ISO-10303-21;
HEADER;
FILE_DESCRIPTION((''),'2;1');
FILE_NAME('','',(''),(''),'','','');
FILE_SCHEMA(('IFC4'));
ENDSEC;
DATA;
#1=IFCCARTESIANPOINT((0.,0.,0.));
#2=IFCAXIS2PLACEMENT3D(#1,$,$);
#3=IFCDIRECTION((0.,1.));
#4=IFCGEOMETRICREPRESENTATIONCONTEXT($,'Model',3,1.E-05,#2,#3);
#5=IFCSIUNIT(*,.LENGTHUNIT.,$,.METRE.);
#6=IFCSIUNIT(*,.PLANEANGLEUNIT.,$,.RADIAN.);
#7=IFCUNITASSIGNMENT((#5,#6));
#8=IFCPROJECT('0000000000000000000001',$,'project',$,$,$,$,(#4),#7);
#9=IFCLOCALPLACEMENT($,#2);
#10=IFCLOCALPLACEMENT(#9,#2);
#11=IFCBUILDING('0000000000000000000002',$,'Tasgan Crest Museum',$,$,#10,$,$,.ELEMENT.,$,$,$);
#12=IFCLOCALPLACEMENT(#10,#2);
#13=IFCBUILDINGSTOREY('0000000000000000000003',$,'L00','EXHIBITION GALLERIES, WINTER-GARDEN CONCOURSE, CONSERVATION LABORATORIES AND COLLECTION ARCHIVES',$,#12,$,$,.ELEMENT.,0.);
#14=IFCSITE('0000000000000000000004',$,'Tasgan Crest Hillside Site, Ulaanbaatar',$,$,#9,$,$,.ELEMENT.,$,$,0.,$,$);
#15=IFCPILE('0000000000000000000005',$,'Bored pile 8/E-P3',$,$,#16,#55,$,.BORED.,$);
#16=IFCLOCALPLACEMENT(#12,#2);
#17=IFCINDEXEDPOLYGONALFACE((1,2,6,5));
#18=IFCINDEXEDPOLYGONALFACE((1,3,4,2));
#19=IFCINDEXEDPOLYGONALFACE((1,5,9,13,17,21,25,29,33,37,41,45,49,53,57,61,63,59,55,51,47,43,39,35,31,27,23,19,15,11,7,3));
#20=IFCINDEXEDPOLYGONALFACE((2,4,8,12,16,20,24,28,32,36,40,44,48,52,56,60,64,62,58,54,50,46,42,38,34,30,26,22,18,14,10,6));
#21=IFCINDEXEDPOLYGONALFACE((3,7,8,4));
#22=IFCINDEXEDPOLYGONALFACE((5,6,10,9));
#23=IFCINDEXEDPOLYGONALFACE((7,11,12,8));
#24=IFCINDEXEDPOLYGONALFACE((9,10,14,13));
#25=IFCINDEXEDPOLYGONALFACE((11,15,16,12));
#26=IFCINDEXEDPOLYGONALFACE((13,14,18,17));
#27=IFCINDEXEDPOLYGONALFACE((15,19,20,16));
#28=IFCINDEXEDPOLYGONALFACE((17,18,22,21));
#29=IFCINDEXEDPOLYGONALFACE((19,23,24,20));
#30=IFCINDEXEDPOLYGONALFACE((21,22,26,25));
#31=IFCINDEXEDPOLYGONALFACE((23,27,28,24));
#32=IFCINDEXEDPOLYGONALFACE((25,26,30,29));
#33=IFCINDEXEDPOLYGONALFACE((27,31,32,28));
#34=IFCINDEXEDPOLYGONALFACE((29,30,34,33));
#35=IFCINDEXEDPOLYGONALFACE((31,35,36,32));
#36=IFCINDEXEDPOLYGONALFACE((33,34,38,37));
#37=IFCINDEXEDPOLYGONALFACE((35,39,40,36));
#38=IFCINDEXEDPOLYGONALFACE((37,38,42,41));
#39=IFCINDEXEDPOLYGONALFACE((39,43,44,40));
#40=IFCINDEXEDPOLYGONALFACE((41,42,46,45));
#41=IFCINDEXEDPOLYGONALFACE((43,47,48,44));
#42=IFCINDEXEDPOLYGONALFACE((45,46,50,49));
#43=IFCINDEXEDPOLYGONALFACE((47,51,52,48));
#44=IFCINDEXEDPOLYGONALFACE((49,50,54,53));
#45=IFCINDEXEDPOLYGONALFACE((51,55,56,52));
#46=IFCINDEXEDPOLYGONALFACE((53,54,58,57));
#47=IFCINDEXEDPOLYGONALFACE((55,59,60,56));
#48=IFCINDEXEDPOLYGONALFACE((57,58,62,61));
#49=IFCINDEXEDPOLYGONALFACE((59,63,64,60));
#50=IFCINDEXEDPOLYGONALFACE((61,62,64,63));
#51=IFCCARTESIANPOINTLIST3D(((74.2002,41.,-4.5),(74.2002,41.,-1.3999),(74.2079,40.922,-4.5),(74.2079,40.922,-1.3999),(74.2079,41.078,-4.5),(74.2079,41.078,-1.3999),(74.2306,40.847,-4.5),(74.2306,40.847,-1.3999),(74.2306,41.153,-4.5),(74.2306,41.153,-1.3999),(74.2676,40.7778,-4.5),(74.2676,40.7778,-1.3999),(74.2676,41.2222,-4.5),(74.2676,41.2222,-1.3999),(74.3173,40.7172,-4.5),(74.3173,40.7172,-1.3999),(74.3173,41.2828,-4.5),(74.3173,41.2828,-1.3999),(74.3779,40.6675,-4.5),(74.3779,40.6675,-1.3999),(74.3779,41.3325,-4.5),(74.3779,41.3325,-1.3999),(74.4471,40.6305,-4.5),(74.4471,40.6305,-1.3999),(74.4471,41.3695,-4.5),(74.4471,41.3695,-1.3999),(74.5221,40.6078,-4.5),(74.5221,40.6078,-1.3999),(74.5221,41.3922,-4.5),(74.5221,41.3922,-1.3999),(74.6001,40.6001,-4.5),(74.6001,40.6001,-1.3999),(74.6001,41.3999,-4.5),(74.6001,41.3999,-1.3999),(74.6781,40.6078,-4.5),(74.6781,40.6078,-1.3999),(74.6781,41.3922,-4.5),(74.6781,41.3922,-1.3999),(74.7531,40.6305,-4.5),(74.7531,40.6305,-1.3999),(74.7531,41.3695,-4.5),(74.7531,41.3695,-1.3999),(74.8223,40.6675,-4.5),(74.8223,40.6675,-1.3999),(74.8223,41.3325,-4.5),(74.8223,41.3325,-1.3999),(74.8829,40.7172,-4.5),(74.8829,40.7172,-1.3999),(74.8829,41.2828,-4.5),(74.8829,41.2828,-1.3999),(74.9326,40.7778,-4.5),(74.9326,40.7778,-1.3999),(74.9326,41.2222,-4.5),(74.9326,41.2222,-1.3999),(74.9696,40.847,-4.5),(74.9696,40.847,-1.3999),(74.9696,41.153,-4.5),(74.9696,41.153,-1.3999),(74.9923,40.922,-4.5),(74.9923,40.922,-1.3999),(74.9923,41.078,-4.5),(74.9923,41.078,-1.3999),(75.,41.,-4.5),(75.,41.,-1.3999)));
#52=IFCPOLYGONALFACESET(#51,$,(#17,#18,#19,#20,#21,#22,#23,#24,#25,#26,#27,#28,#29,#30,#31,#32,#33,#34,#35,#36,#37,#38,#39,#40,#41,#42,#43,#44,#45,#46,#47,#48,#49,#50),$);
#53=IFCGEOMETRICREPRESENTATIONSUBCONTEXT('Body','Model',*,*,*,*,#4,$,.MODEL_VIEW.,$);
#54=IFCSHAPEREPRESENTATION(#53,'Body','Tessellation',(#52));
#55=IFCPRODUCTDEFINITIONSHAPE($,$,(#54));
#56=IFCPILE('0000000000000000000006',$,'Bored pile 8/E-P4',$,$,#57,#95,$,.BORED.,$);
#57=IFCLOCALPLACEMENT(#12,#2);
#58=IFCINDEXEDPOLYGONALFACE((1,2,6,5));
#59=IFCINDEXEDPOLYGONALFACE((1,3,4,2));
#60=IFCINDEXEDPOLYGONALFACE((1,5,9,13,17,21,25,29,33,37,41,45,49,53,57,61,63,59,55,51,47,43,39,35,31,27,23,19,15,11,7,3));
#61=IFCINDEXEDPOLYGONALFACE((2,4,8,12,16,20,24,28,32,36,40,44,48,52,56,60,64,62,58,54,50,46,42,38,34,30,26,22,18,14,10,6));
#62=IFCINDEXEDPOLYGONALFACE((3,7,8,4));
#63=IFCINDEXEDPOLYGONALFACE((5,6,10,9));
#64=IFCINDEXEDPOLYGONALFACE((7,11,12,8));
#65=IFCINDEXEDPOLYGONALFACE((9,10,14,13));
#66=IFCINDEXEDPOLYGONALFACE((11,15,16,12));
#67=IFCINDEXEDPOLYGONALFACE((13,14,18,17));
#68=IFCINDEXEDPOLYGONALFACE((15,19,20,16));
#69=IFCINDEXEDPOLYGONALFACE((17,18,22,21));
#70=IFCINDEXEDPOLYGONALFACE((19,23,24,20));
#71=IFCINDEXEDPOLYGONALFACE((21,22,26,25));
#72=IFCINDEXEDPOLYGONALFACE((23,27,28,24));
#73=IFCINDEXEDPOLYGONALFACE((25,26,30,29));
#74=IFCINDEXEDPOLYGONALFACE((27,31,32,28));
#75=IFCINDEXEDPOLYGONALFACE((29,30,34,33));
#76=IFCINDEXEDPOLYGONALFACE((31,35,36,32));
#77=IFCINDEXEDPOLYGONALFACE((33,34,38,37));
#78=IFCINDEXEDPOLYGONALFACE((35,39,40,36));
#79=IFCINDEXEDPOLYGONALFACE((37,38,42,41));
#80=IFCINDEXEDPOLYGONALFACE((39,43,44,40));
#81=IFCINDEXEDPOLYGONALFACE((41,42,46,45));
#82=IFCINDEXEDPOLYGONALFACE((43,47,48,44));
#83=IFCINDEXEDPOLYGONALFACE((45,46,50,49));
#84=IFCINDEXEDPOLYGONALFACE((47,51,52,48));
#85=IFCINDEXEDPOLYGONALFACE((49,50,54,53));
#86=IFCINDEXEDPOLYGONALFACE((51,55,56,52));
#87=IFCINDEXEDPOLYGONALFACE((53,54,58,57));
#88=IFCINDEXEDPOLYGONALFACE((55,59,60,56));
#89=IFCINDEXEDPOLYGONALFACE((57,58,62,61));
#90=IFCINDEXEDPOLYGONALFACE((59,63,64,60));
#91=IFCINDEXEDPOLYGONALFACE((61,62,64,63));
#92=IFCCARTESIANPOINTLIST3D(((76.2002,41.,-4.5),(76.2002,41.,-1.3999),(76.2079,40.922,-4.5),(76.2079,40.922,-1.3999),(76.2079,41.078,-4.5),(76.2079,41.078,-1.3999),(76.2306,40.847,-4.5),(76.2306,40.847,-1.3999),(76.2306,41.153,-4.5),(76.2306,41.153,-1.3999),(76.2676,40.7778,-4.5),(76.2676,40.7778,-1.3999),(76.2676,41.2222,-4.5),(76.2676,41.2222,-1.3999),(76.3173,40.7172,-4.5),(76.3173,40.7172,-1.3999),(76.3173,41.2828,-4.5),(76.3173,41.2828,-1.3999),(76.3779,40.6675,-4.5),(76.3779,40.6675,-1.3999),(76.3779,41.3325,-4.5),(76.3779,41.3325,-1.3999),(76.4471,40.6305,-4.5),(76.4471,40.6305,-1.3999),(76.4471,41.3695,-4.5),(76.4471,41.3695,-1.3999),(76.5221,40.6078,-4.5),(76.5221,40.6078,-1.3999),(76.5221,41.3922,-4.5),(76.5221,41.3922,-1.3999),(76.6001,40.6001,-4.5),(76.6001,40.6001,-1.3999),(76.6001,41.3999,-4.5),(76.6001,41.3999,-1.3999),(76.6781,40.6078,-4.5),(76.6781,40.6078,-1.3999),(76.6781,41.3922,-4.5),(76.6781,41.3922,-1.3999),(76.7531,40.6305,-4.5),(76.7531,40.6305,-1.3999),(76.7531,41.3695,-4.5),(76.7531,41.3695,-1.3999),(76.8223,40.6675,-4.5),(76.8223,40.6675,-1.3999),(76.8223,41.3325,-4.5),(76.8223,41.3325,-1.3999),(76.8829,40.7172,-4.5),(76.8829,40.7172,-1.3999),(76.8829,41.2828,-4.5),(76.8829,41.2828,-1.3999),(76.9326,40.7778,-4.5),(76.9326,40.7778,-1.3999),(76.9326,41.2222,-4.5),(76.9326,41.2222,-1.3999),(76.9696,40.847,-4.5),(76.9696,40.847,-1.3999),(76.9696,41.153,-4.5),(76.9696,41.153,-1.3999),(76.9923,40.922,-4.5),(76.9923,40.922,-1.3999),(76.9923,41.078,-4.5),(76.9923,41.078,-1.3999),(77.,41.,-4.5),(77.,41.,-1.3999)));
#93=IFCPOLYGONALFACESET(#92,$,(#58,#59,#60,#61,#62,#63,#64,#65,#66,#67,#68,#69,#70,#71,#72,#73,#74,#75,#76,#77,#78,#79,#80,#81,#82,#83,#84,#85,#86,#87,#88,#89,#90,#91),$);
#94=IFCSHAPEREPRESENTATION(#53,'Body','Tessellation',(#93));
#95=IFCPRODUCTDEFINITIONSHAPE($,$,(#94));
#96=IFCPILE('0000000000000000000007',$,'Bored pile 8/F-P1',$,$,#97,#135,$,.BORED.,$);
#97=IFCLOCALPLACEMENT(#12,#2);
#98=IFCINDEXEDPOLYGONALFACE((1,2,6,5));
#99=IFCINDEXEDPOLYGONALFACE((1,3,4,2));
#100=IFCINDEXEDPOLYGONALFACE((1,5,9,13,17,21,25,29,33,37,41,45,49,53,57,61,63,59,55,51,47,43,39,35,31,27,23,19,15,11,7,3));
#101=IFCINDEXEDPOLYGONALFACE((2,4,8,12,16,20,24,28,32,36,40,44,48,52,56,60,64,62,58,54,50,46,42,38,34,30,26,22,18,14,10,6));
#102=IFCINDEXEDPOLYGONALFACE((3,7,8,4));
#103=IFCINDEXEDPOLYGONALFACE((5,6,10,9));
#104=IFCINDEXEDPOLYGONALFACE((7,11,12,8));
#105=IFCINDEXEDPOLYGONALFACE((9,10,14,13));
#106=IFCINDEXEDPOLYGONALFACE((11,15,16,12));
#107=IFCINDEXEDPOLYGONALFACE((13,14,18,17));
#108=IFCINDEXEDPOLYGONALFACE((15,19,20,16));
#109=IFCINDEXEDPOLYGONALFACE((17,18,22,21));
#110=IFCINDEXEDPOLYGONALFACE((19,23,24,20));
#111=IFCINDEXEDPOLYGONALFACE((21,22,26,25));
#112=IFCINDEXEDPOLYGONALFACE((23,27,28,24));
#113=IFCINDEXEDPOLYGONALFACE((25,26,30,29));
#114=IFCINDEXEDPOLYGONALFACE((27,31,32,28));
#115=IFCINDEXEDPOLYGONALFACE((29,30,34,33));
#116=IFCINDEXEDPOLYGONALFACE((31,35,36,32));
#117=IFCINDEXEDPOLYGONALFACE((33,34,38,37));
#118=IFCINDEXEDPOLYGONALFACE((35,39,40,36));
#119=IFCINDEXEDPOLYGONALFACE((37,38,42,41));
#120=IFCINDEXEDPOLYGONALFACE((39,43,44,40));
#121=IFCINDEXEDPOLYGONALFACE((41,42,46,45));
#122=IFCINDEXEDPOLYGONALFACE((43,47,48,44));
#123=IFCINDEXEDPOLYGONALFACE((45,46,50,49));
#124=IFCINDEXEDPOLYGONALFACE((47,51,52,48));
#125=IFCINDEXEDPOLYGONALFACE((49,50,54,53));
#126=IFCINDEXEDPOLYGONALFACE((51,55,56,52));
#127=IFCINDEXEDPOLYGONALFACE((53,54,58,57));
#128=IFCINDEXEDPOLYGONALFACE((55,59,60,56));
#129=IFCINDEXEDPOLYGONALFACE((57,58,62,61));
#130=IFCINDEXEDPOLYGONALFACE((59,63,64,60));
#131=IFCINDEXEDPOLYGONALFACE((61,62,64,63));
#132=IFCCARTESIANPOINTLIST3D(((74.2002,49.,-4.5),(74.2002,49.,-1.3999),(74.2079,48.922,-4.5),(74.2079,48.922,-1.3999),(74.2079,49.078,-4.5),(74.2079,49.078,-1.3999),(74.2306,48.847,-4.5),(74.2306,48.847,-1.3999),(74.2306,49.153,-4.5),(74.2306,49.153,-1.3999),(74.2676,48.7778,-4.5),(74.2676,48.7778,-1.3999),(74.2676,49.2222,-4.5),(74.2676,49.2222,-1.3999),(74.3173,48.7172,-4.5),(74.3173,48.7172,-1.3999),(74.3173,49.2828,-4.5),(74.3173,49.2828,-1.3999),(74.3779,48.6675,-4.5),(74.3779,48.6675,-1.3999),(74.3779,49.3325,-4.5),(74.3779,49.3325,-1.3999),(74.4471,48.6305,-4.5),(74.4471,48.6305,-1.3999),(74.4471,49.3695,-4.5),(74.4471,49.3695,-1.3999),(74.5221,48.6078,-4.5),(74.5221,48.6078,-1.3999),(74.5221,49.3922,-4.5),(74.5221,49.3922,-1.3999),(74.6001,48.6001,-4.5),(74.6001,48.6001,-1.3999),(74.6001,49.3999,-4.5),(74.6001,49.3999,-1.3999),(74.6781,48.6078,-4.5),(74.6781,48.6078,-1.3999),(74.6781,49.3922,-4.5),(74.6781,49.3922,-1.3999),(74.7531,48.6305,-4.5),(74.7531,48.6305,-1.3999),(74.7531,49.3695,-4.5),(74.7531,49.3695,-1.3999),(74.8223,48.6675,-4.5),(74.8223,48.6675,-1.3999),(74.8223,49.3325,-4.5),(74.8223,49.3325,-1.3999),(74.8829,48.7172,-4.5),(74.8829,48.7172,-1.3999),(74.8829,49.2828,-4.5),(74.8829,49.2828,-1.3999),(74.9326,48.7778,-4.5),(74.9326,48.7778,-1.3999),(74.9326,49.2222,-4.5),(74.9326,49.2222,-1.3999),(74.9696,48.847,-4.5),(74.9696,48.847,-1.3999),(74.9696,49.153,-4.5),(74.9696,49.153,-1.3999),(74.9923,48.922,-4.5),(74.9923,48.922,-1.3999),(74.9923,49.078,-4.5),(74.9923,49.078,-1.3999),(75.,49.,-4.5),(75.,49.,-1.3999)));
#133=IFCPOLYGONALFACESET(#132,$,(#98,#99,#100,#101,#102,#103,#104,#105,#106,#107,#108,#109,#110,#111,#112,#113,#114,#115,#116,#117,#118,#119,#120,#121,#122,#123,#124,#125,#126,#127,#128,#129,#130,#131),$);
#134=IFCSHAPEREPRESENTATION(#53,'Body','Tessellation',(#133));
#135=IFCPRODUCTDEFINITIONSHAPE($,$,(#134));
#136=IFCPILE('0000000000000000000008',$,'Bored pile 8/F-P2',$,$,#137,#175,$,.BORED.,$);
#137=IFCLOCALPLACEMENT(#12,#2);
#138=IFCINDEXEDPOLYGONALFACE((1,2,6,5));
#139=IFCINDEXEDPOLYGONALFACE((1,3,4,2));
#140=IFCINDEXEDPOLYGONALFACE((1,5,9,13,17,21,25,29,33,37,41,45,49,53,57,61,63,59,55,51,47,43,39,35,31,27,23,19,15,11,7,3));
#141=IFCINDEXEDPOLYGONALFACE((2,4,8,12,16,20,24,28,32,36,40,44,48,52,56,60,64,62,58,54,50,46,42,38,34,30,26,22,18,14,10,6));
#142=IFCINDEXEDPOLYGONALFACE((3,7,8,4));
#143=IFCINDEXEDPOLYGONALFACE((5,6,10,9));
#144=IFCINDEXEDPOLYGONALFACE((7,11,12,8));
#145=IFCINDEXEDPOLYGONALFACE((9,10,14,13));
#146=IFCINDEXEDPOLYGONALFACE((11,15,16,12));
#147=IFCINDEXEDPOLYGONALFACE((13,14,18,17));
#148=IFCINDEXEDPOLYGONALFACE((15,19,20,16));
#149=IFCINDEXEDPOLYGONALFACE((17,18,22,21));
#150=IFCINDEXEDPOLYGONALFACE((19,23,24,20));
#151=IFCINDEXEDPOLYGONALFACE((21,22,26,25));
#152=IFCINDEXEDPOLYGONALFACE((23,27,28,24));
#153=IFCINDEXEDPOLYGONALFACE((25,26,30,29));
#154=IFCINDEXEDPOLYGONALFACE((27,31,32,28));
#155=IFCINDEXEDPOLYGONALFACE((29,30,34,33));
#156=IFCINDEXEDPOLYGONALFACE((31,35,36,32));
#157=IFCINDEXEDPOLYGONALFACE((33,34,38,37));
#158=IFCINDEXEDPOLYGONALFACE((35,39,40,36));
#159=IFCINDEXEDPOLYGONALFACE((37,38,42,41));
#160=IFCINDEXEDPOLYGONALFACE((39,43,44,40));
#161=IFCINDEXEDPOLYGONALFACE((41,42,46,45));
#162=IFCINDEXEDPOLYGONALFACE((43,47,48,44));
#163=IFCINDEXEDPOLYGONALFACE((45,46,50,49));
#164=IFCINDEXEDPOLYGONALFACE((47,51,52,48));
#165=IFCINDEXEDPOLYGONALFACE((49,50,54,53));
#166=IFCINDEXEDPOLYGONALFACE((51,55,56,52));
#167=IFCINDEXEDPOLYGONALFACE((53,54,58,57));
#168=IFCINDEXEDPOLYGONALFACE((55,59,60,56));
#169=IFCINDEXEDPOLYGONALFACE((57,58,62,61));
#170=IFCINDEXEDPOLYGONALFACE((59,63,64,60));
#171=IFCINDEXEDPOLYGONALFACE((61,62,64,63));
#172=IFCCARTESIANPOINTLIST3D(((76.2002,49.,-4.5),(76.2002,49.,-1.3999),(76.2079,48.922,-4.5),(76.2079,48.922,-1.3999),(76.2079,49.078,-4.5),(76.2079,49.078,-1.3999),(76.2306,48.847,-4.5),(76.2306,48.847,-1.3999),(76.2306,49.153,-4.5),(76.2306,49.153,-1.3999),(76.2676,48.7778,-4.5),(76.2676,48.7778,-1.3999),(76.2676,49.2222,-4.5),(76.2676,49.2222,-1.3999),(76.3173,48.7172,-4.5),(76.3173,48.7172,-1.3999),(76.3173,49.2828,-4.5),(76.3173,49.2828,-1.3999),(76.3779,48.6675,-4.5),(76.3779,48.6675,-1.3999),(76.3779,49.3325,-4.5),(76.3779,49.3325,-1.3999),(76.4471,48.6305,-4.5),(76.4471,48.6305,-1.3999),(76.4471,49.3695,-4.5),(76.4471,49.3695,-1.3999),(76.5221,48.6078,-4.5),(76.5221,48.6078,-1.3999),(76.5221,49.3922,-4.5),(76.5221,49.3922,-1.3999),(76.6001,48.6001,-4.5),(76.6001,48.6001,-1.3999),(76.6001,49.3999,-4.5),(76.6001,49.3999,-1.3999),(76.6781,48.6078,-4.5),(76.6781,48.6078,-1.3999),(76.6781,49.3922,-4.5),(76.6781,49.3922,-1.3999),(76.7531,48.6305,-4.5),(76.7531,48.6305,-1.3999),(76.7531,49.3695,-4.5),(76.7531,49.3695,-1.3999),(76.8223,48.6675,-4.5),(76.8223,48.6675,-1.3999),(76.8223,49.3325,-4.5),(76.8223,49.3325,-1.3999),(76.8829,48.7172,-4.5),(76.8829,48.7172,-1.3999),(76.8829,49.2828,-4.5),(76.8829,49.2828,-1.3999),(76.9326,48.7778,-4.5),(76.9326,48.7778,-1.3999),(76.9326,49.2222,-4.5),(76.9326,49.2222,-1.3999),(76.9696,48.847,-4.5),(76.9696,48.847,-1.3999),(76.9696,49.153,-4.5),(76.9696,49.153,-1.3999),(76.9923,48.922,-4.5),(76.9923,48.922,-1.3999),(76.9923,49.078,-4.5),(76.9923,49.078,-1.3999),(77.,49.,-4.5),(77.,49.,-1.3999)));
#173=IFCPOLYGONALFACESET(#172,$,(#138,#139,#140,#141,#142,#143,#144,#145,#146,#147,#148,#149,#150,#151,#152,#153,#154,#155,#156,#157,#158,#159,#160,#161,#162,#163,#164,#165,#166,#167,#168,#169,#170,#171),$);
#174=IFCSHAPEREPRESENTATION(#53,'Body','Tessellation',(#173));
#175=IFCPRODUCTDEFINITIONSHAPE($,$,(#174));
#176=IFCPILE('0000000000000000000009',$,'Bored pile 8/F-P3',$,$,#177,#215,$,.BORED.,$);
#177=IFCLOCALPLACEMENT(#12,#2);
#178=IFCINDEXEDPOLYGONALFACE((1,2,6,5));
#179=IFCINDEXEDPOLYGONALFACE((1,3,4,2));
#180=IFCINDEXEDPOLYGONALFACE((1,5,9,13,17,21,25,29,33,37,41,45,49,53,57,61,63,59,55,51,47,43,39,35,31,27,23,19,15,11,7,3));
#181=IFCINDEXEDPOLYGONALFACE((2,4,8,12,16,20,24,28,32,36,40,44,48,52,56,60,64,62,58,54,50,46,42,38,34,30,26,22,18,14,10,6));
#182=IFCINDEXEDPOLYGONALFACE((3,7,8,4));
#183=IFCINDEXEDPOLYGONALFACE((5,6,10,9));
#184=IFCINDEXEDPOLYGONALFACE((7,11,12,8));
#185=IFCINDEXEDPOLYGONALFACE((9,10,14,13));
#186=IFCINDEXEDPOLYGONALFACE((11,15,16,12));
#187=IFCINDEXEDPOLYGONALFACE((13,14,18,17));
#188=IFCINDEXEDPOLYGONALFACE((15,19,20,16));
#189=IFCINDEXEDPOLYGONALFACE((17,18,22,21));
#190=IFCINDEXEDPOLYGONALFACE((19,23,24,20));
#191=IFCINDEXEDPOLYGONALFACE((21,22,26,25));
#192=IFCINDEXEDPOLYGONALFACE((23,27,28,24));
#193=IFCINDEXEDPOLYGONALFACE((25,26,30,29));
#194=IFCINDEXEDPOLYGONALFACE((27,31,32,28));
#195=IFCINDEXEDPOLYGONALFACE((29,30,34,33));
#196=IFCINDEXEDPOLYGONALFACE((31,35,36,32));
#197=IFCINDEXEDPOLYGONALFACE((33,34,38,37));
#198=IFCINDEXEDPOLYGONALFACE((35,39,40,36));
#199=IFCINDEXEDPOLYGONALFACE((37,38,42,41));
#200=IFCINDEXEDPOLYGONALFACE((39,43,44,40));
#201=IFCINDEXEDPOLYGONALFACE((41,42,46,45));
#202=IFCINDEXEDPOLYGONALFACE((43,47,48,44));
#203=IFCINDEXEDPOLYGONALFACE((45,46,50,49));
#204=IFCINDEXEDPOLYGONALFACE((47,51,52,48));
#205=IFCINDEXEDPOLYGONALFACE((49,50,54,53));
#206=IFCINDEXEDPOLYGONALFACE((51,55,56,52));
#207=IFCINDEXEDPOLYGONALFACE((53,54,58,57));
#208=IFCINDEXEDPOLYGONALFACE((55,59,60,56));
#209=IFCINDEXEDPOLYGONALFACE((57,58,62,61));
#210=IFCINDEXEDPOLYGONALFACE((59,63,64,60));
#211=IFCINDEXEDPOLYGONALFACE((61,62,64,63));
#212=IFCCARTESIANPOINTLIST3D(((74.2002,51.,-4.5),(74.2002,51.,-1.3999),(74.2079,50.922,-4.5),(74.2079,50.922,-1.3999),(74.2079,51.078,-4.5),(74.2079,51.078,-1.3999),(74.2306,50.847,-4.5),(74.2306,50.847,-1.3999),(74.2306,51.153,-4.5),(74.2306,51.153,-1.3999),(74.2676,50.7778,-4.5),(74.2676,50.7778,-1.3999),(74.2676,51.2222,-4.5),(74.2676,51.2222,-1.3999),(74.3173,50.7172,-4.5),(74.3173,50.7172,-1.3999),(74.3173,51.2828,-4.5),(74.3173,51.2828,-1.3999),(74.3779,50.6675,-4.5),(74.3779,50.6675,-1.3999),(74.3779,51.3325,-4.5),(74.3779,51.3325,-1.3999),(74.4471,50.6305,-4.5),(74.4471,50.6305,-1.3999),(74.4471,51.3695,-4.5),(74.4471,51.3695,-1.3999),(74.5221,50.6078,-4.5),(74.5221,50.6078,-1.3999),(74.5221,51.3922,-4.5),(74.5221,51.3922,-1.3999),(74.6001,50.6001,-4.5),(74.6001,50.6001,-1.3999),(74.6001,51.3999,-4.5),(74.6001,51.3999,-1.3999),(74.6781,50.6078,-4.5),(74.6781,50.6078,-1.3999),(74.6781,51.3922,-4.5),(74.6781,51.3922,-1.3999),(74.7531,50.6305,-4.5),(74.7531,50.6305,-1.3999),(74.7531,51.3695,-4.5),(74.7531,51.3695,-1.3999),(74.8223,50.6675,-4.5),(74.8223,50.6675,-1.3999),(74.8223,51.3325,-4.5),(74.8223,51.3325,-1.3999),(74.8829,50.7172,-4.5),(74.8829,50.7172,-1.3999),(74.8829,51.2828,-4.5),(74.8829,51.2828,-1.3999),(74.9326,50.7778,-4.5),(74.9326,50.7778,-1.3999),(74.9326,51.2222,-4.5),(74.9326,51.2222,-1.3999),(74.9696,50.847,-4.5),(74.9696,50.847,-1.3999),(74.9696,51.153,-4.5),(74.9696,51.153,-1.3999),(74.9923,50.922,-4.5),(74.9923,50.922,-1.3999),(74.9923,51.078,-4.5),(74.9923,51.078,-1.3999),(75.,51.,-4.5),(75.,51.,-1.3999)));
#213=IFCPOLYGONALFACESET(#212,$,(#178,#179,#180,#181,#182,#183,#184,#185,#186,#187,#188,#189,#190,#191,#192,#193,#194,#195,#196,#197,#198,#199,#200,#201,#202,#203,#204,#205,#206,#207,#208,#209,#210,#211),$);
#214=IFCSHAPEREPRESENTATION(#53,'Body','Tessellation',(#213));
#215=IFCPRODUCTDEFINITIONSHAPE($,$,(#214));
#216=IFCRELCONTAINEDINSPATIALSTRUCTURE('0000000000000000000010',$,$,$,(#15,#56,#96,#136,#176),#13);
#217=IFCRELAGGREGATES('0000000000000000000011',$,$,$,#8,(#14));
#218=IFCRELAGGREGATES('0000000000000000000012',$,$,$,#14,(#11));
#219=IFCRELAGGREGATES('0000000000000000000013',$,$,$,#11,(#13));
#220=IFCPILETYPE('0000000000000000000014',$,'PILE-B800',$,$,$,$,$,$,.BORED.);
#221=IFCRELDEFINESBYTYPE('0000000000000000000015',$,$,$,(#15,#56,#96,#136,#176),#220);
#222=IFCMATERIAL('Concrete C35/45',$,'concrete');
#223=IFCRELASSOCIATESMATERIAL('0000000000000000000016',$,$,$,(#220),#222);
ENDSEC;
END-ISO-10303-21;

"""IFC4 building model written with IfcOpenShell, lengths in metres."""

from ifc_helpers import new_model, si_unit, direction, frame, origin, origin_2d, place, context, subcontext, project, spatial, circle, extrude, material, material_profile, profile_set, type_object, element, save


model = new_model("IFC4")

# Units and contexts
model_context = context("Model", 3, precision=1e-05, world=origin(), true_north=direction((0.0, 1.0)))
body_context = subcontext(model_context, "Body", "Model", "MODEL_VIEW")
ifc_project = project(units=[si_unit("LENGTHUNIT", "METRE"), si_unit("PLANEANGLEUNIT", "RADIAN")], contexts=[model_context])

# Site, building, storey
site_placement = place(None, origin())
site = spatial("IfcSite", under=ifc_project, at=site_placement, Name="Tasgan Crest Hillside Site, Ulaanbaatar", CompositionType="ELEMENT", RefElevation=0.0)
building_placement = place(site_placement, origin())
building = spatial("IfcBuilding", under=site, at=building_placement, Name="Tasgan Crest Museum", CompositionType="ELEMENT")
storey_placement = place(building_placement, origin())
storey = spatial("IfcBuildingStorey", under=building, at=storey_placement, Name="L00", Description="EXHIBITION GALLERIES, WINTER-GARDEN CONCOURSE, CONSERVATION LABORATORIES AND COLLECTION ARCHIVES", CompositionType="ELEMENT", Elevation=0.0)

# Piles
ifc_material_1 = material(Name="Concrete C35/45", Category="concrete")
ifc_material_profile_1 = material_profile(ifc_material_1, circle(Radius=0.3999, at=origin_2d()), Name="PILE D800")
ifc_profile_set_1 = profile_set([ifc_material_profile_1], Name="Concrete C35/45")
pile_type_1 = type_object("IfcPileType", Name="PILE-B800", PredefinedType="BORED", material=ifc_profile_set_1)
for number, where, z_axis, x_axis, name in (
    (1, (74.6001, 41.0, -1.3999), (0.0, 0.0, -1.0), (1.0, 0.0, 0.0), "Bored pile 8/E-P3"),
    (2, (76.6001, 41.0, -1.3999), (0.0, 0.0, -1.0), (1.0, 0.0, 0.0), "Bored pile 8/E-P4"),
    (3, (74.6001, 49.0, -1.3999), (0.0, 0.0, -1.0), (1.0, 0.0, 0.0), "Bored pile 8/F-P1"),
    (4, (76.6001, 49.0, -1.3999), (0.0, 0.0, -1.0), (1.0, 0.0, 0.0), "Bored pile 8/F-P2"),
    (5, (74.6001, 51.0, -1.3999), (0.0, 0.0, -1.0), (1.0, 0.0, 0.0), "Bored pile 8/F-P3"),
):
    element("IfcPile", number, at=place(storey_placement, frame(where, z_axis=z_axis, x_axis=x_axis)), inside=storey, type_object=pile_type_1, Name=name, PredefinedType="BORED", context=body_context, shape_type="SweptSolid", body=[
        extrude(circle(Radius=0.3999, at=origin_2d()), origin(), (0.0, 0.0, 1.0), 3.1001),
    ])

save(model, "model.ifc")
